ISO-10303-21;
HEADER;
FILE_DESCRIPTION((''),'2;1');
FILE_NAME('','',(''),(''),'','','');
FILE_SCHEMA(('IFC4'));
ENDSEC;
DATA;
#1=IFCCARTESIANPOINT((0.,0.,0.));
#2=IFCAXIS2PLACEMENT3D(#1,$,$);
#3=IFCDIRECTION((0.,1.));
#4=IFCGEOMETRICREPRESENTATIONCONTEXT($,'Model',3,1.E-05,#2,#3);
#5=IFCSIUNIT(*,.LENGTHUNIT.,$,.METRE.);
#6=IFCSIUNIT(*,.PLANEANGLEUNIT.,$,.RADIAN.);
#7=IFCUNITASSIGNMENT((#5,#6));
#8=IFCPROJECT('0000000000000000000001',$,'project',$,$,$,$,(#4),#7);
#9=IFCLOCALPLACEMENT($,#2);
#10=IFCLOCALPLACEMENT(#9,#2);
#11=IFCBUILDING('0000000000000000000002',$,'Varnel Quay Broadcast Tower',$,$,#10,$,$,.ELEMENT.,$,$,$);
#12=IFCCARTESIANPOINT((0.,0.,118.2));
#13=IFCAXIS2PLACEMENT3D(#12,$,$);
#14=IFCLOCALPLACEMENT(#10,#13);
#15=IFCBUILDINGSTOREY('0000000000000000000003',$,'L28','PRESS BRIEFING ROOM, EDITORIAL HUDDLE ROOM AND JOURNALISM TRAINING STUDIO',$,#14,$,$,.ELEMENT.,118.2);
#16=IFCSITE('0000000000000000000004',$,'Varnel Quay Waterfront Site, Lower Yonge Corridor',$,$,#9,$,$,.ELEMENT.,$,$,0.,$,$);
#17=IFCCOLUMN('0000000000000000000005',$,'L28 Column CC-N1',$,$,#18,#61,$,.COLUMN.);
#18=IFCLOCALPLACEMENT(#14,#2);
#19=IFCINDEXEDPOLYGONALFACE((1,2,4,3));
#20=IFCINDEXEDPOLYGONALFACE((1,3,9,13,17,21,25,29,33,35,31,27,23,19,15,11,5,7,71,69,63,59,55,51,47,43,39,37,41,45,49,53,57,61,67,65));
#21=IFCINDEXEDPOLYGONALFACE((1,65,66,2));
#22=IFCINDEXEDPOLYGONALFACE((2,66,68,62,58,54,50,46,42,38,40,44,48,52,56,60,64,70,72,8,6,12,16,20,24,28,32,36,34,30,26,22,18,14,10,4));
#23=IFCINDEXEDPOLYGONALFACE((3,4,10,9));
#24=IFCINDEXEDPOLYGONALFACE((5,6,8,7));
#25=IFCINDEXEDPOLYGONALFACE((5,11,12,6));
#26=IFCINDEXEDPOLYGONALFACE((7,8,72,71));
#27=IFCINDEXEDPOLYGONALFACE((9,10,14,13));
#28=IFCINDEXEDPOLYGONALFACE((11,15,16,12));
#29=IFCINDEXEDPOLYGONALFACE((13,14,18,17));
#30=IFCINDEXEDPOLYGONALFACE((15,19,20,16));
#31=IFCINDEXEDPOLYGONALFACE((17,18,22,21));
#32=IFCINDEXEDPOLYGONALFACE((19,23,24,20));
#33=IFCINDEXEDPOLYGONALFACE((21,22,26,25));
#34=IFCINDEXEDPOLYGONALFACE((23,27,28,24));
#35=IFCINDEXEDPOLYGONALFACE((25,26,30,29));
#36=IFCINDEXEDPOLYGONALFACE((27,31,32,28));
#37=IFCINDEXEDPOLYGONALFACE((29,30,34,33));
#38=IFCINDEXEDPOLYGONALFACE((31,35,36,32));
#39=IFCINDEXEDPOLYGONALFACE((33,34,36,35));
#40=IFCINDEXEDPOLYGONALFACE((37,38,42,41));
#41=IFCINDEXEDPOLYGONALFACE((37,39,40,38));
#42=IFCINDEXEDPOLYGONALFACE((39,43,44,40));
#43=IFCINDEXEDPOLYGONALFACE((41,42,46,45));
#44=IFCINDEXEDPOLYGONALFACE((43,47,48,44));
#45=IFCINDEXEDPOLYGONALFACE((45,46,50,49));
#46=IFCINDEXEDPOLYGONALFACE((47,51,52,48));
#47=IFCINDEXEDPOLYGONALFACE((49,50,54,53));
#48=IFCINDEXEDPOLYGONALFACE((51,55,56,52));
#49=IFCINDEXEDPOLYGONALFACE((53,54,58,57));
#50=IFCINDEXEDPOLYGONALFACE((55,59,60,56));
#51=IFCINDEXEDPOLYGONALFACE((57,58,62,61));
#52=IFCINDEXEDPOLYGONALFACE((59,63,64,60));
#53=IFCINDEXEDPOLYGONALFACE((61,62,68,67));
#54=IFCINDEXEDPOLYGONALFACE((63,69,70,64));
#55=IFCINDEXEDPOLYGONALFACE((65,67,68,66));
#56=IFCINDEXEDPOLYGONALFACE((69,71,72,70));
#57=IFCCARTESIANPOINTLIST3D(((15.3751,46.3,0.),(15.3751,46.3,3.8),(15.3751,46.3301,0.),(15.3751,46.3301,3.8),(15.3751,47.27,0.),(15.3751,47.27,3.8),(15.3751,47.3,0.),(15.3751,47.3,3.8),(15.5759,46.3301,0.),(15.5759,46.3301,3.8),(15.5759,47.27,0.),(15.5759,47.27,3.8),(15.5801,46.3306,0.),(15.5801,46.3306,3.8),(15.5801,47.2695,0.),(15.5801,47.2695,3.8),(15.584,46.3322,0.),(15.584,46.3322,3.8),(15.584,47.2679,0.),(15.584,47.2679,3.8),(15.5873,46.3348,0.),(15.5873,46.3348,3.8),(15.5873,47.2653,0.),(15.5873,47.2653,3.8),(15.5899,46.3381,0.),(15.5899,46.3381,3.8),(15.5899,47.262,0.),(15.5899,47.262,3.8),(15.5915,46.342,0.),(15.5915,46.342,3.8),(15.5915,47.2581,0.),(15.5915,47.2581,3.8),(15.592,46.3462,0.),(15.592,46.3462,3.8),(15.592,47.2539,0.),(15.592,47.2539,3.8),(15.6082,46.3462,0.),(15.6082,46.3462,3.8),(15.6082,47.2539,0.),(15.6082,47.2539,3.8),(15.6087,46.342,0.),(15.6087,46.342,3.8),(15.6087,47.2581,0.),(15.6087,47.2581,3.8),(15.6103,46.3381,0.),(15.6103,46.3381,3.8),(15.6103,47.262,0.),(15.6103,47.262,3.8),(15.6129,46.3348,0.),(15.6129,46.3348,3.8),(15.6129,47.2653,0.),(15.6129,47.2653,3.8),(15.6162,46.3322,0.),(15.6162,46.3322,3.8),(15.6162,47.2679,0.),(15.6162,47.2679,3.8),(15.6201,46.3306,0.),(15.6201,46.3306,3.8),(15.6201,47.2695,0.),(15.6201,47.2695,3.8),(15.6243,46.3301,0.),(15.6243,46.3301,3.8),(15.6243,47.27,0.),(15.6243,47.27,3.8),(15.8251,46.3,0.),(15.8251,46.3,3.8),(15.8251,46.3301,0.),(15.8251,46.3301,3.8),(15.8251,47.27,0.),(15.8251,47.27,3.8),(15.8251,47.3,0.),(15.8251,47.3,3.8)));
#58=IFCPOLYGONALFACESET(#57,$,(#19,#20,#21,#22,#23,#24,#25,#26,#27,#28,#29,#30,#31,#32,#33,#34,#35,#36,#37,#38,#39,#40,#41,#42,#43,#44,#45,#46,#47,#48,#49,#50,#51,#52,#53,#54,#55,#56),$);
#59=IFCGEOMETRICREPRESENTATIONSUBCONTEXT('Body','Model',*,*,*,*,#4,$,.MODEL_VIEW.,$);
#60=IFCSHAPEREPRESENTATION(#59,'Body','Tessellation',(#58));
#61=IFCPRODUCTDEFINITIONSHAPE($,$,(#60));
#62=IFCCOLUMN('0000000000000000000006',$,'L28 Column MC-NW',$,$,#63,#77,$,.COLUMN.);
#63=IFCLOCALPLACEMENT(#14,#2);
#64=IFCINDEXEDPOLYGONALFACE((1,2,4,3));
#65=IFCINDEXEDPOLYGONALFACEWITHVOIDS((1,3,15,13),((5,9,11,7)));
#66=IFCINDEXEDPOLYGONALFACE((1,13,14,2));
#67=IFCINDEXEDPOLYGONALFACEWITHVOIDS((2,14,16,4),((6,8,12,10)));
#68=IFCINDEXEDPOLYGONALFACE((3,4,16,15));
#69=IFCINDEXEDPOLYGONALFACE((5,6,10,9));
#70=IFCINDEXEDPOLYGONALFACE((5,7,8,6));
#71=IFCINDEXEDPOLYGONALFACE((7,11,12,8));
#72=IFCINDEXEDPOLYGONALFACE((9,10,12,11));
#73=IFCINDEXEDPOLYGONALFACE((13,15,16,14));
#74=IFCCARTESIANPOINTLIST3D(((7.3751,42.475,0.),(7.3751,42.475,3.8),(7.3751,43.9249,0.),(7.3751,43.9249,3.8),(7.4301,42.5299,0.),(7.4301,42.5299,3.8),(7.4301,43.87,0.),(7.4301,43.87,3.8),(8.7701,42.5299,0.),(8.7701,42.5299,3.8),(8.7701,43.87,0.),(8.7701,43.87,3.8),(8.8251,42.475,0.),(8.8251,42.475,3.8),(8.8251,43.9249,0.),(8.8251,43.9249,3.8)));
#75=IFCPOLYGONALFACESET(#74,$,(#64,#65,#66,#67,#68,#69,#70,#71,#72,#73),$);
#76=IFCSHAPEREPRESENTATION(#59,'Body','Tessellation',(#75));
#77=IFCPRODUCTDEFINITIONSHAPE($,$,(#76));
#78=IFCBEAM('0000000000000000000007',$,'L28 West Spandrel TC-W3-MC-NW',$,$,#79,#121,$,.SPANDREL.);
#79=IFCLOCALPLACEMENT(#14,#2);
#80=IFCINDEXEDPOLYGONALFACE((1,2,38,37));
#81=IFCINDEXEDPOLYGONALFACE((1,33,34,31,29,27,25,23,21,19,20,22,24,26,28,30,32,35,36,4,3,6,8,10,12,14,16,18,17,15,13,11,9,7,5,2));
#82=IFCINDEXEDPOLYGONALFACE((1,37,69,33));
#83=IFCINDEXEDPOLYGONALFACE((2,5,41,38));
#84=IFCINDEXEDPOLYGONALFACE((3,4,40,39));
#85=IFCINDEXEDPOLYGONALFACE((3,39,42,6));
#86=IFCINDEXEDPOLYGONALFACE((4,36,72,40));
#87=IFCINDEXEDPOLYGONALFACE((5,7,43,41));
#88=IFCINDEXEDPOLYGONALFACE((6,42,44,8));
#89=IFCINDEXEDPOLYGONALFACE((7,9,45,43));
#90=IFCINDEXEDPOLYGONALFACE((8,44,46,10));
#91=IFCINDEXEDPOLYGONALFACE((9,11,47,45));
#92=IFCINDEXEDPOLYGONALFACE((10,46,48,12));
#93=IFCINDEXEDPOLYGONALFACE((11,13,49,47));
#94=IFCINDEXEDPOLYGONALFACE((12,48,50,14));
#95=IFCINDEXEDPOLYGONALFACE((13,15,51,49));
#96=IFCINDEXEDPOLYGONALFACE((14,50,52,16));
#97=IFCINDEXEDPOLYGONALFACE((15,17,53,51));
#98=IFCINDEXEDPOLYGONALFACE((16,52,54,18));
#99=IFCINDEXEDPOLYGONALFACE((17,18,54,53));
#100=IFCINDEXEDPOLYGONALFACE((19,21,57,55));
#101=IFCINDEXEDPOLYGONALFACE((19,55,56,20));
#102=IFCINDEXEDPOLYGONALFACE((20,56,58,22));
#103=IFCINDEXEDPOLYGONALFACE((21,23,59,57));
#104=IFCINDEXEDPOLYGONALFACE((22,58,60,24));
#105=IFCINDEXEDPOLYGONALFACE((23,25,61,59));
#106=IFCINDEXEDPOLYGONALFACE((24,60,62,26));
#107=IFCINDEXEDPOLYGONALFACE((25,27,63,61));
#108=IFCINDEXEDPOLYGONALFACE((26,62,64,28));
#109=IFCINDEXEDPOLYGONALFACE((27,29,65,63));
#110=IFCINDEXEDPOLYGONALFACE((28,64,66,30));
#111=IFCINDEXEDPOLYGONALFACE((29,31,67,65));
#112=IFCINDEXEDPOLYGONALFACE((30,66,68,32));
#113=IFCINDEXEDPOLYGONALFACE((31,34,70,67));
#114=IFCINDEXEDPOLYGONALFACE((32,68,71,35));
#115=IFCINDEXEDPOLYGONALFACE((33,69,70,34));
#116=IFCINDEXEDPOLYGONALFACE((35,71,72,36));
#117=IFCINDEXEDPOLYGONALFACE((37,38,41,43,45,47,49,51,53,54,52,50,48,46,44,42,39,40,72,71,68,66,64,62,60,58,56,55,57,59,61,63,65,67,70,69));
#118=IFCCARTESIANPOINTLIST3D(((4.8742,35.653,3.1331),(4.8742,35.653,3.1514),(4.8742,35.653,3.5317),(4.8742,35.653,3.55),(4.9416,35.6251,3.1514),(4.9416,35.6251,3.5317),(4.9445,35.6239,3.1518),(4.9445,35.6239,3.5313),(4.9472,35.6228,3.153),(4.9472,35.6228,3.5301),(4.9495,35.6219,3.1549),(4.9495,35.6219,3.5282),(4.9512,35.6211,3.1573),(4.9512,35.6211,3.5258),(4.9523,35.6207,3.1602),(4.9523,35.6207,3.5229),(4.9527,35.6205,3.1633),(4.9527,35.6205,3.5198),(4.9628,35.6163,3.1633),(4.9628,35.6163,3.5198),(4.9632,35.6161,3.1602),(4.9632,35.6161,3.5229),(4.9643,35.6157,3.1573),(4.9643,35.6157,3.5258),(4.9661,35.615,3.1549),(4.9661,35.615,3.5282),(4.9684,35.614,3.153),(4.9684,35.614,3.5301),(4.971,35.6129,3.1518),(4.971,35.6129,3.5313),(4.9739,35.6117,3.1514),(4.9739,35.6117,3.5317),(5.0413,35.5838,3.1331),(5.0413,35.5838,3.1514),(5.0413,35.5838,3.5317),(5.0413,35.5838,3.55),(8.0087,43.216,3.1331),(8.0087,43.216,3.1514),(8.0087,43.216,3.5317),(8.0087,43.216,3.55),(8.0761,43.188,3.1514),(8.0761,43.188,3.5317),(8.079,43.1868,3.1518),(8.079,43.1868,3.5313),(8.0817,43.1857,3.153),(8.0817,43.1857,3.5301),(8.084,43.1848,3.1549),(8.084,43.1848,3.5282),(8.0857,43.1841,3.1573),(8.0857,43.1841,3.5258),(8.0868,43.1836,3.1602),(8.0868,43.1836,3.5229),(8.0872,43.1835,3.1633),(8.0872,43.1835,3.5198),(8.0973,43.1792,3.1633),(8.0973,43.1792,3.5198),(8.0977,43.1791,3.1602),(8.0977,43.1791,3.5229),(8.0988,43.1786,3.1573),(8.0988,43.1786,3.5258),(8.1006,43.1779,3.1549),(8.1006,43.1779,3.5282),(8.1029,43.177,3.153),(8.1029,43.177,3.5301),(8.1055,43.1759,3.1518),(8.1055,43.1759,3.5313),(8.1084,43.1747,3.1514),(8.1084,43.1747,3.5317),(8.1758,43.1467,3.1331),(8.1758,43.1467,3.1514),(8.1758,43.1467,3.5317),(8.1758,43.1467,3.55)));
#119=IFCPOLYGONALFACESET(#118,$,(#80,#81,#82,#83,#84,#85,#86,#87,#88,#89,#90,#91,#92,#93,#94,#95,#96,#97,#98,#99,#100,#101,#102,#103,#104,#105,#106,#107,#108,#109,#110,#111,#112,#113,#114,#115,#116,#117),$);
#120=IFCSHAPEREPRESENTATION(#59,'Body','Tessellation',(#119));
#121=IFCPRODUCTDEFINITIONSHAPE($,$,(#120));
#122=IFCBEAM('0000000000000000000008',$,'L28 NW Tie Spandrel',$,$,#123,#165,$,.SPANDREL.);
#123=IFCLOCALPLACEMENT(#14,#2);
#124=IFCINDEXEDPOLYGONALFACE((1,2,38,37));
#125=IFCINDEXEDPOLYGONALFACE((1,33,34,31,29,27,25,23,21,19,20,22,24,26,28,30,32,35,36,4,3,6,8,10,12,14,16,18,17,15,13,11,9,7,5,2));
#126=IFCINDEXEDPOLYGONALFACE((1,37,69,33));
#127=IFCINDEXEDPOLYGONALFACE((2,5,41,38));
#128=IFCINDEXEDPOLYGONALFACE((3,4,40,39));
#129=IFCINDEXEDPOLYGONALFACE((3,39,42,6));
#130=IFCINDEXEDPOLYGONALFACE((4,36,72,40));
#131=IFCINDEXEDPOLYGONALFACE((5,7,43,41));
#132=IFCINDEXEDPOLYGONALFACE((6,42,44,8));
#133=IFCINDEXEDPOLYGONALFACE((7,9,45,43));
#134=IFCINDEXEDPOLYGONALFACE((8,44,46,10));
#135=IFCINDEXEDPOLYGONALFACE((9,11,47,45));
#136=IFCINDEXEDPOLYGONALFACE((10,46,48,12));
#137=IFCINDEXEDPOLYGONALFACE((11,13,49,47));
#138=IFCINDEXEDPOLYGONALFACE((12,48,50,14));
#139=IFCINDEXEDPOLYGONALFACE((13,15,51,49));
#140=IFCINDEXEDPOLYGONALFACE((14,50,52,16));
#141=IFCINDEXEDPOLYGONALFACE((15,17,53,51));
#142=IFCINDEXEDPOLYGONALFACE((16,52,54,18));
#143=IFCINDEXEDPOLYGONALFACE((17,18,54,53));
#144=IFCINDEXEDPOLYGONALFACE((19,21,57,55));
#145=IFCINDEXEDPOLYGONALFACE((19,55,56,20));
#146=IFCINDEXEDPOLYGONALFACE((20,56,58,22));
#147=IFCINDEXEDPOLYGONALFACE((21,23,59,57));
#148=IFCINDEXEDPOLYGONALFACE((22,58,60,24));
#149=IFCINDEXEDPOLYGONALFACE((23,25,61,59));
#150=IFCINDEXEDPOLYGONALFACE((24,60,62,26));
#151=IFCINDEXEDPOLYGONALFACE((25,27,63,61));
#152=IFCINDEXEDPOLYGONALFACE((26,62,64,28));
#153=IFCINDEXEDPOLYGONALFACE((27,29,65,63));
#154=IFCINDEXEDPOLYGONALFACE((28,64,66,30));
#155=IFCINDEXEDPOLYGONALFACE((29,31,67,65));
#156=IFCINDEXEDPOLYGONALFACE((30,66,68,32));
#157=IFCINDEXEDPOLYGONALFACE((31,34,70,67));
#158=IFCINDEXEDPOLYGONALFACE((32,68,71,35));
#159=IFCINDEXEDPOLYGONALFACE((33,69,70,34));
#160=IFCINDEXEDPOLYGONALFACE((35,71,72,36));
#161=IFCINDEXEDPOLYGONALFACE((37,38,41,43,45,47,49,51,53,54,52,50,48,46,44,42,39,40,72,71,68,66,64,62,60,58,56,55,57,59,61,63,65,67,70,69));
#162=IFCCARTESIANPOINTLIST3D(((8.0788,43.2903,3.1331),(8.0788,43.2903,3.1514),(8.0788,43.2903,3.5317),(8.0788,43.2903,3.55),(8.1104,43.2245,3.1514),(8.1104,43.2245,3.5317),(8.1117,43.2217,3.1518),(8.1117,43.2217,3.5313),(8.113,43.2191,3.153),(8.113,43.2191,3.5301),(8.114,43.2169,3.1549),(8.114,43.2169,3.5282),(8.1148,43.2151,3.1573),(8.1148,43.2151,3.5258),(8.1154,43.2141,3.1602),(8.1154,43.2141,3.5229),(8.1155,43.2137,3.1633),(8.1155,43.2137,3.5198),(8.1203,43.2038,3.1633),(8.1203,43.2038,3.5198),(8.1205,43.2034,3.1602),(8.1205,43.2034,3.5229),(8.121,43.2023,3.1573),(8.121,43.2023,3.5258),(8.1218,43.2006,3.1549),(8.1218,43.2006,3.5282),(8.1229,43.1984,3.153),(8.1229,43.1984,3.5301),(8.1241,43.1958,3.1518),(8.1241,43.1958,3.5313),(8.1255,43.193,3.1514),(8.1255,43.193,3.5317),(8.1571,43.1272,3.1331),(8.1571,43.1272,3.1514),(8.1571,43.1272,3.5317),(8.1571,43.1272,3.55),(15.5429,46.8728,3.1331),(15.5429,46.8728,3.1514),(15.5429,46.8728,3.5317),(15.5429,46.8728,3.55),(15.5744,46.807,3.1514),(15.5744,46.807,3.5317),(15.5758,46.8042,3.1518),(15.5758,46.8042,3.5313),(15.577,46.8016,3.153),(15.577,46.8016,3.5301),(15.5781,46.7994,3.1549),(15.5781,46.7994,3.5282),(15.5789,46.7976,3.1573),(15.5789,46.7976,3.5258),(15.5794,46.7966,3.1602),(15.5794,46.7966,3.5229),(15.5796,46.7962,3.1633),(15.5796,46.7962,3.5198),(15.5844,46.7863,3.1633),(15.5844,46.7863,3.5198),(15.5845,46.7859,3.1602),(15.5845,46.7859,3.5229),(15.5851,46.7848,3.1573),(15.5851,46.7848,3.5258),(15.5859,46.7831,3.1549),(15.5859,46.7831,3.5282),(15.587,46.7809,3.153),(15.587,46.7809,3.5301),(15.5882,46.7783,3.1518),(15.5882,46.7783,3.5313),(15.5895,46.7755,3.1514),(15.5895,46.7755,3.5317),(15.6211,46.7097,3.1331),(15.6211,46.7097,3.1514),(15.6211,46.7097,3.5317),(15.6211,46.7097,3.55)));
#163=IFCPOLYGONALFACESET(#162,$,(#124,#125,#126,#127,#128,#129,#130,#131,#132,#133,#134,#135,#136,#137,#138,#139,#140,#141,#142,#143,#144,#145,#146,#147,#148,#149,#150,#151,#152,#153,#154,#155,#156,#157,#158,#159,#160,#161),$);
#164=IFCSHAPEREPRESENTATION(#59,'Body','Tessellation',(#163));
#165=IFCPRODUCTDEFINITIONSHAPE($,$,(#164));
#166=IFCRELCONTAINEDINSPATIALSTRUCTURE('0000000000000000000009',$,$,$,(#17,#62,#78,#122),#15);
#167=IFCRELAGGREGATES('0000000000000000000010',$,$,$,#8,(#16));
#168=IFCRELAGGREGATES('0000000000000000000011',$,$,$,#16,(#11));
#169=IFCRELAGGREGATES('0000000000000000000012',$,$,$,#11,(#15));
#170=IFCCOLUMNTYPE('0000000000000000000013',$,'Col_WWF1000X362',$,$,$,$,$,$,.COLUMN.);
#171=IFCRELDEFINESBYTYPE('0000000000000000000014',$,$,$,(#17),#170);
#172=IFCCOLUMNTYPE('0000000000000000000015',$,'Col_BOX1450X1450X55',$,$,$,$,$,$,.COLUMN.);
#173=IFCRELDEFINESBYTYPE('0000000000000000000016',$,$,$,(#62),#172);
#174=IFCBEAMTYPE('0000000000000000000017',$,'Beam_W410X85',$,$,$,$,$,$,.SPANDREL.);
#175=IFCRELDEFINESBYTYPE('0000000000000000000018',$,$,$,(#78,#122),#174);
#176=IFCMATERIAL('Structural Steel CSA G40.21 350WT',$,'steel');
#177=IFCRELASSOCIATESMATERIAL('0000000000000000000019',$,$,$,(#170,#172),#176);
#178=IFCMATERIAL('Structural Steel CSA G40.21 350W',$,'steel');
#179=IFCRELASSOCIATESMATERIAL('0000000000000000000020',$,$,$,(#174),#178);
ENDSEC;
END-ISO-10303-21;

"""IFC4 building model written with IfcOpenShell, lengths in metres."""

from ifc_helpers import new_model, si_unit, direction, frame, origin, origin_2d, place, context, subcontext, project, spatial, hollow_rectangle, i_section, extrude, source, transform, mapped, material, material_profile, profile_set, type_object, type_shapes, element, save


model = new_model("IFC4")

# Units and contexts
model_context = context("Model", 3, precision=1e-05, world=origin(), true_north=direction((0.0, 1.0)))
body_context = subcontext(model_context, "Body", "Model", "MODEL_VIEW")
ifc_project = project(units=[si_unit("LENGTHUNIT", "METRE"), si_unit("PLANEANGLEUNIT", "RADIAN")], contexts=[model_context])

# Site, building, storey
site_placement = place(None, origin())
site = spatial("IfcSite", under=ifc_project, at=site_placement, Name="Varnel Quay Waterfront Site, Lower Yonge Corridor", CompositionType="ELEMENT", RefElevation=0.0)
building_placement = place(site_placement, origin())
building = spatial("IfcBuilding", under=site, at=building_placement, Name="Varnel Quay Broadcast Tower", CompositionType="ELEMENT")
storey_placement = place(building_placement, frame((0.0, 0.0, 118.2)))
storey = spatial("IfcBuildingStorey", under=building, at=storey_placement, Name="L28", Description="PRESS BRIEFING ROOM, EDITORIAL HUDDLE ROOM AND JOURNALISM TRAINING STUDIO", CompositionType="ELEMENT", Elevation=118.2)

# Columns
ifc_material_1 = material(Name="Structural Steel CSA G40.21 350WT", Category="steel")
ifc_material_profile_1 = material_profile(ifc_material_1, i_section(OverallWidth=0.45, OverallDepth=1.0, WebThickness=0.0161, FlangeThickness=0.03, FilletRadius=0.0161, at=origin_2d()), Name="WWF1000X362")
ifc_profile_set_1 = profile_set([ifc_material_profile_1], Name="Structural Steel CSA G40.21 350WT")
column_type_1 = type_object("IfcColumnType", Name="Col_WWF1000X362", PredefinedType="COLUMN", material=ifc_profile_set_1)
shared_shape_1 = source(origin(), body_context, "Body", "SweptSolid", [
    extrude(i_section(OverallWidth=0.45, OverallDepth=1.0, WebThickness=0.0161, FlangeThickness=0.03, FilletRadius=0.0161, at=origin_2d()), origin(), (0.0, 0.0, 1.0), 3.8),
])
type_shapes(column_type_1, [shared_shape_1])
column_1_placement = place(storey_placement, frame((15.6001, 46.8, 0.0), z_axis=(0.0, 0.0, 1.0), x_axis=(1.0, 0.0, 0.0)))
element("IfcColumn", 1, at=column_1_placement, inside=storey, type_object=column_type_1, Name="L28 Column CC-N1", PredefinedType="COLUMN", context=body_context, shape_type="MappedRepresentation", body=[
    mapped(shared_shape_1, transform((0.0, 0.0, 0.0), x_axis=(1.0, 0.0, 0.0), y_axis=(0.0, 1.0, 0.0), z_axis=(0.0, 0.0, 1.0), scale=1.0)),
])
ifc_material_profile_2 = material_profile(ifc_material_1, hollow_rectangle(XDim=1.45, YDim=1.45, WallThickness=0.0549, at=origin_2d()), Name="BOX1450X1450X55")
ifc_profile_set_2 = profile_set([ifc_material_profile_2], Name="Structural Steel CSA G40.21 350WT")
column_type_2 = type_object("IfcColumnType", Name="Col_BOX1450X1450X55", PredefinedType="COLUMN", material=ifc_profile_set_2)
shared_shape_2 = source(origin(), body_context, "Body", "SweptSolid", [
    extrude(hollow_rectangle(XDim=1.45, YDim=1.45, WallThickness=0.0549, at=origin_2d()), origin(), (0.0, 0.0, 1.0), 3.8),
])
type_shapes(column_type_2, [shared_shape_2])
column_2_placement = place(storey_placement, frame((8.1001, 43.2, 0.0), z_axis=(0.0, 0.0, 1.0), x_axis=(1.0, 0.0, 0.0)))
element("IfcColumn", 2, at=column_2_placement, inside=storey, type_object=column_type_2, Name="L28 Column MC-NW", PredefinedType="COLUMN", context=body_context, shape_type="MappedRepresentation", body=[
    mapped(shared_shape_2, transform((0.0, 0.0, 0.0), x_axis=(1.0, 0.0, 0.0), y_axis=(0.0, 1.0, 0.0), z_axis=(0.0, 0.0, 1.0), scale=1.0)),
])

# Beams
ifc_material_2 = material(Name="Structural Steel CSA G40.21 350W", Category="steel")
ifc_material_profile_3 = material_profile(ifc_material_2, i_section(OverallWidth=0.1809, OverallDepth=0.417, WebThickness=0.011, FlangeThickness=0.0183, FilletRadius=0.012, at=origin_2d()), Name="W410X85")
ifc_profile_set_3 = profile_set([ifc_material_profile_3], Name="Structural Steel CSA G40.21 350W")
beam_type = type_object("IfcBeamType", Name="Beam_W410X85", PredefinedType="SPANDREL", material=ifc_profile_set_3)
shared_shape_3 = source(origin(), body_context, "Body", "SweptSolid", [
    extrude(i_section(OverallWidth=0.1809, OverallDepth=0.417, WebThickness=0.011, FlangeThickness=0.0183, FilletRadius=0.012, at=origin_2d()), origin(), (0.0, 0.0, 1.0), 8.1868),
])
beam_1_placement = place(storey_placement, frame((4.9578, 35.6184, 3.3416), z_axis=(0.382874, 0.923801, 0.0), x_axis=(-0.923801, 0.382874, 0.0)))
element("IfcBeam", 3, at=beam_1_placement, inside=storey, type_object=beam_type, Name="L28 West Spandrel TC-W3-MC-NW", PredefinedType="SPANDREL", context=body_context, shape_type="MappedRepresentation", body=[
    mapped(shared_shape_3, transform((0.0, 0.0, 0.0), x_axis=(1.0, 0.0, 0.0), y_axis=(0.0, 1.0, 0.0), z_axis=(0.0, 0.0, 1.0), scale=1.0)),
])
shared_shape_4 = source(origin(), body_context, "Body", "SweptSolid", [
    extrude(i_section(OverallWidth=0.1809, OverallDepth=0.417, WebThickness=0.011, FlangeThickness=0.0183, FilletRadius=0.012, at=origin_2d()), origin(), (0.0, 0.0, 1.0), 8.2793),
])
type_shapes(beam_type, [shared_shape_3, shared_shape_4])
beam_2_placement = place(storey_placement, frame((8.1179, 43.2087, 3.3416), z_axis=(0.901535, 0.432706, 0.0), x_axis=(-0.432706, 0.901535, 0.0)))
element("IfcBeam", 4, at=beam_2_placement, inside=storey, type_object=beam_type, Name="L28 NW Tie Spandrel", PredefinedType="SPANDREL", context=body_context, shape_type="MappedRepresentation", body=[
    mapped(shared_shape_4, transform((0.0, 0.0, 0.0), x_axis=(1.0, 0.0, 0.0), y_axis=(0.0, 1.0, 0.0), z_axis=(0.0, 0.0, 1.0), scale=1.0)),
])

save(model, "model.ifc")
